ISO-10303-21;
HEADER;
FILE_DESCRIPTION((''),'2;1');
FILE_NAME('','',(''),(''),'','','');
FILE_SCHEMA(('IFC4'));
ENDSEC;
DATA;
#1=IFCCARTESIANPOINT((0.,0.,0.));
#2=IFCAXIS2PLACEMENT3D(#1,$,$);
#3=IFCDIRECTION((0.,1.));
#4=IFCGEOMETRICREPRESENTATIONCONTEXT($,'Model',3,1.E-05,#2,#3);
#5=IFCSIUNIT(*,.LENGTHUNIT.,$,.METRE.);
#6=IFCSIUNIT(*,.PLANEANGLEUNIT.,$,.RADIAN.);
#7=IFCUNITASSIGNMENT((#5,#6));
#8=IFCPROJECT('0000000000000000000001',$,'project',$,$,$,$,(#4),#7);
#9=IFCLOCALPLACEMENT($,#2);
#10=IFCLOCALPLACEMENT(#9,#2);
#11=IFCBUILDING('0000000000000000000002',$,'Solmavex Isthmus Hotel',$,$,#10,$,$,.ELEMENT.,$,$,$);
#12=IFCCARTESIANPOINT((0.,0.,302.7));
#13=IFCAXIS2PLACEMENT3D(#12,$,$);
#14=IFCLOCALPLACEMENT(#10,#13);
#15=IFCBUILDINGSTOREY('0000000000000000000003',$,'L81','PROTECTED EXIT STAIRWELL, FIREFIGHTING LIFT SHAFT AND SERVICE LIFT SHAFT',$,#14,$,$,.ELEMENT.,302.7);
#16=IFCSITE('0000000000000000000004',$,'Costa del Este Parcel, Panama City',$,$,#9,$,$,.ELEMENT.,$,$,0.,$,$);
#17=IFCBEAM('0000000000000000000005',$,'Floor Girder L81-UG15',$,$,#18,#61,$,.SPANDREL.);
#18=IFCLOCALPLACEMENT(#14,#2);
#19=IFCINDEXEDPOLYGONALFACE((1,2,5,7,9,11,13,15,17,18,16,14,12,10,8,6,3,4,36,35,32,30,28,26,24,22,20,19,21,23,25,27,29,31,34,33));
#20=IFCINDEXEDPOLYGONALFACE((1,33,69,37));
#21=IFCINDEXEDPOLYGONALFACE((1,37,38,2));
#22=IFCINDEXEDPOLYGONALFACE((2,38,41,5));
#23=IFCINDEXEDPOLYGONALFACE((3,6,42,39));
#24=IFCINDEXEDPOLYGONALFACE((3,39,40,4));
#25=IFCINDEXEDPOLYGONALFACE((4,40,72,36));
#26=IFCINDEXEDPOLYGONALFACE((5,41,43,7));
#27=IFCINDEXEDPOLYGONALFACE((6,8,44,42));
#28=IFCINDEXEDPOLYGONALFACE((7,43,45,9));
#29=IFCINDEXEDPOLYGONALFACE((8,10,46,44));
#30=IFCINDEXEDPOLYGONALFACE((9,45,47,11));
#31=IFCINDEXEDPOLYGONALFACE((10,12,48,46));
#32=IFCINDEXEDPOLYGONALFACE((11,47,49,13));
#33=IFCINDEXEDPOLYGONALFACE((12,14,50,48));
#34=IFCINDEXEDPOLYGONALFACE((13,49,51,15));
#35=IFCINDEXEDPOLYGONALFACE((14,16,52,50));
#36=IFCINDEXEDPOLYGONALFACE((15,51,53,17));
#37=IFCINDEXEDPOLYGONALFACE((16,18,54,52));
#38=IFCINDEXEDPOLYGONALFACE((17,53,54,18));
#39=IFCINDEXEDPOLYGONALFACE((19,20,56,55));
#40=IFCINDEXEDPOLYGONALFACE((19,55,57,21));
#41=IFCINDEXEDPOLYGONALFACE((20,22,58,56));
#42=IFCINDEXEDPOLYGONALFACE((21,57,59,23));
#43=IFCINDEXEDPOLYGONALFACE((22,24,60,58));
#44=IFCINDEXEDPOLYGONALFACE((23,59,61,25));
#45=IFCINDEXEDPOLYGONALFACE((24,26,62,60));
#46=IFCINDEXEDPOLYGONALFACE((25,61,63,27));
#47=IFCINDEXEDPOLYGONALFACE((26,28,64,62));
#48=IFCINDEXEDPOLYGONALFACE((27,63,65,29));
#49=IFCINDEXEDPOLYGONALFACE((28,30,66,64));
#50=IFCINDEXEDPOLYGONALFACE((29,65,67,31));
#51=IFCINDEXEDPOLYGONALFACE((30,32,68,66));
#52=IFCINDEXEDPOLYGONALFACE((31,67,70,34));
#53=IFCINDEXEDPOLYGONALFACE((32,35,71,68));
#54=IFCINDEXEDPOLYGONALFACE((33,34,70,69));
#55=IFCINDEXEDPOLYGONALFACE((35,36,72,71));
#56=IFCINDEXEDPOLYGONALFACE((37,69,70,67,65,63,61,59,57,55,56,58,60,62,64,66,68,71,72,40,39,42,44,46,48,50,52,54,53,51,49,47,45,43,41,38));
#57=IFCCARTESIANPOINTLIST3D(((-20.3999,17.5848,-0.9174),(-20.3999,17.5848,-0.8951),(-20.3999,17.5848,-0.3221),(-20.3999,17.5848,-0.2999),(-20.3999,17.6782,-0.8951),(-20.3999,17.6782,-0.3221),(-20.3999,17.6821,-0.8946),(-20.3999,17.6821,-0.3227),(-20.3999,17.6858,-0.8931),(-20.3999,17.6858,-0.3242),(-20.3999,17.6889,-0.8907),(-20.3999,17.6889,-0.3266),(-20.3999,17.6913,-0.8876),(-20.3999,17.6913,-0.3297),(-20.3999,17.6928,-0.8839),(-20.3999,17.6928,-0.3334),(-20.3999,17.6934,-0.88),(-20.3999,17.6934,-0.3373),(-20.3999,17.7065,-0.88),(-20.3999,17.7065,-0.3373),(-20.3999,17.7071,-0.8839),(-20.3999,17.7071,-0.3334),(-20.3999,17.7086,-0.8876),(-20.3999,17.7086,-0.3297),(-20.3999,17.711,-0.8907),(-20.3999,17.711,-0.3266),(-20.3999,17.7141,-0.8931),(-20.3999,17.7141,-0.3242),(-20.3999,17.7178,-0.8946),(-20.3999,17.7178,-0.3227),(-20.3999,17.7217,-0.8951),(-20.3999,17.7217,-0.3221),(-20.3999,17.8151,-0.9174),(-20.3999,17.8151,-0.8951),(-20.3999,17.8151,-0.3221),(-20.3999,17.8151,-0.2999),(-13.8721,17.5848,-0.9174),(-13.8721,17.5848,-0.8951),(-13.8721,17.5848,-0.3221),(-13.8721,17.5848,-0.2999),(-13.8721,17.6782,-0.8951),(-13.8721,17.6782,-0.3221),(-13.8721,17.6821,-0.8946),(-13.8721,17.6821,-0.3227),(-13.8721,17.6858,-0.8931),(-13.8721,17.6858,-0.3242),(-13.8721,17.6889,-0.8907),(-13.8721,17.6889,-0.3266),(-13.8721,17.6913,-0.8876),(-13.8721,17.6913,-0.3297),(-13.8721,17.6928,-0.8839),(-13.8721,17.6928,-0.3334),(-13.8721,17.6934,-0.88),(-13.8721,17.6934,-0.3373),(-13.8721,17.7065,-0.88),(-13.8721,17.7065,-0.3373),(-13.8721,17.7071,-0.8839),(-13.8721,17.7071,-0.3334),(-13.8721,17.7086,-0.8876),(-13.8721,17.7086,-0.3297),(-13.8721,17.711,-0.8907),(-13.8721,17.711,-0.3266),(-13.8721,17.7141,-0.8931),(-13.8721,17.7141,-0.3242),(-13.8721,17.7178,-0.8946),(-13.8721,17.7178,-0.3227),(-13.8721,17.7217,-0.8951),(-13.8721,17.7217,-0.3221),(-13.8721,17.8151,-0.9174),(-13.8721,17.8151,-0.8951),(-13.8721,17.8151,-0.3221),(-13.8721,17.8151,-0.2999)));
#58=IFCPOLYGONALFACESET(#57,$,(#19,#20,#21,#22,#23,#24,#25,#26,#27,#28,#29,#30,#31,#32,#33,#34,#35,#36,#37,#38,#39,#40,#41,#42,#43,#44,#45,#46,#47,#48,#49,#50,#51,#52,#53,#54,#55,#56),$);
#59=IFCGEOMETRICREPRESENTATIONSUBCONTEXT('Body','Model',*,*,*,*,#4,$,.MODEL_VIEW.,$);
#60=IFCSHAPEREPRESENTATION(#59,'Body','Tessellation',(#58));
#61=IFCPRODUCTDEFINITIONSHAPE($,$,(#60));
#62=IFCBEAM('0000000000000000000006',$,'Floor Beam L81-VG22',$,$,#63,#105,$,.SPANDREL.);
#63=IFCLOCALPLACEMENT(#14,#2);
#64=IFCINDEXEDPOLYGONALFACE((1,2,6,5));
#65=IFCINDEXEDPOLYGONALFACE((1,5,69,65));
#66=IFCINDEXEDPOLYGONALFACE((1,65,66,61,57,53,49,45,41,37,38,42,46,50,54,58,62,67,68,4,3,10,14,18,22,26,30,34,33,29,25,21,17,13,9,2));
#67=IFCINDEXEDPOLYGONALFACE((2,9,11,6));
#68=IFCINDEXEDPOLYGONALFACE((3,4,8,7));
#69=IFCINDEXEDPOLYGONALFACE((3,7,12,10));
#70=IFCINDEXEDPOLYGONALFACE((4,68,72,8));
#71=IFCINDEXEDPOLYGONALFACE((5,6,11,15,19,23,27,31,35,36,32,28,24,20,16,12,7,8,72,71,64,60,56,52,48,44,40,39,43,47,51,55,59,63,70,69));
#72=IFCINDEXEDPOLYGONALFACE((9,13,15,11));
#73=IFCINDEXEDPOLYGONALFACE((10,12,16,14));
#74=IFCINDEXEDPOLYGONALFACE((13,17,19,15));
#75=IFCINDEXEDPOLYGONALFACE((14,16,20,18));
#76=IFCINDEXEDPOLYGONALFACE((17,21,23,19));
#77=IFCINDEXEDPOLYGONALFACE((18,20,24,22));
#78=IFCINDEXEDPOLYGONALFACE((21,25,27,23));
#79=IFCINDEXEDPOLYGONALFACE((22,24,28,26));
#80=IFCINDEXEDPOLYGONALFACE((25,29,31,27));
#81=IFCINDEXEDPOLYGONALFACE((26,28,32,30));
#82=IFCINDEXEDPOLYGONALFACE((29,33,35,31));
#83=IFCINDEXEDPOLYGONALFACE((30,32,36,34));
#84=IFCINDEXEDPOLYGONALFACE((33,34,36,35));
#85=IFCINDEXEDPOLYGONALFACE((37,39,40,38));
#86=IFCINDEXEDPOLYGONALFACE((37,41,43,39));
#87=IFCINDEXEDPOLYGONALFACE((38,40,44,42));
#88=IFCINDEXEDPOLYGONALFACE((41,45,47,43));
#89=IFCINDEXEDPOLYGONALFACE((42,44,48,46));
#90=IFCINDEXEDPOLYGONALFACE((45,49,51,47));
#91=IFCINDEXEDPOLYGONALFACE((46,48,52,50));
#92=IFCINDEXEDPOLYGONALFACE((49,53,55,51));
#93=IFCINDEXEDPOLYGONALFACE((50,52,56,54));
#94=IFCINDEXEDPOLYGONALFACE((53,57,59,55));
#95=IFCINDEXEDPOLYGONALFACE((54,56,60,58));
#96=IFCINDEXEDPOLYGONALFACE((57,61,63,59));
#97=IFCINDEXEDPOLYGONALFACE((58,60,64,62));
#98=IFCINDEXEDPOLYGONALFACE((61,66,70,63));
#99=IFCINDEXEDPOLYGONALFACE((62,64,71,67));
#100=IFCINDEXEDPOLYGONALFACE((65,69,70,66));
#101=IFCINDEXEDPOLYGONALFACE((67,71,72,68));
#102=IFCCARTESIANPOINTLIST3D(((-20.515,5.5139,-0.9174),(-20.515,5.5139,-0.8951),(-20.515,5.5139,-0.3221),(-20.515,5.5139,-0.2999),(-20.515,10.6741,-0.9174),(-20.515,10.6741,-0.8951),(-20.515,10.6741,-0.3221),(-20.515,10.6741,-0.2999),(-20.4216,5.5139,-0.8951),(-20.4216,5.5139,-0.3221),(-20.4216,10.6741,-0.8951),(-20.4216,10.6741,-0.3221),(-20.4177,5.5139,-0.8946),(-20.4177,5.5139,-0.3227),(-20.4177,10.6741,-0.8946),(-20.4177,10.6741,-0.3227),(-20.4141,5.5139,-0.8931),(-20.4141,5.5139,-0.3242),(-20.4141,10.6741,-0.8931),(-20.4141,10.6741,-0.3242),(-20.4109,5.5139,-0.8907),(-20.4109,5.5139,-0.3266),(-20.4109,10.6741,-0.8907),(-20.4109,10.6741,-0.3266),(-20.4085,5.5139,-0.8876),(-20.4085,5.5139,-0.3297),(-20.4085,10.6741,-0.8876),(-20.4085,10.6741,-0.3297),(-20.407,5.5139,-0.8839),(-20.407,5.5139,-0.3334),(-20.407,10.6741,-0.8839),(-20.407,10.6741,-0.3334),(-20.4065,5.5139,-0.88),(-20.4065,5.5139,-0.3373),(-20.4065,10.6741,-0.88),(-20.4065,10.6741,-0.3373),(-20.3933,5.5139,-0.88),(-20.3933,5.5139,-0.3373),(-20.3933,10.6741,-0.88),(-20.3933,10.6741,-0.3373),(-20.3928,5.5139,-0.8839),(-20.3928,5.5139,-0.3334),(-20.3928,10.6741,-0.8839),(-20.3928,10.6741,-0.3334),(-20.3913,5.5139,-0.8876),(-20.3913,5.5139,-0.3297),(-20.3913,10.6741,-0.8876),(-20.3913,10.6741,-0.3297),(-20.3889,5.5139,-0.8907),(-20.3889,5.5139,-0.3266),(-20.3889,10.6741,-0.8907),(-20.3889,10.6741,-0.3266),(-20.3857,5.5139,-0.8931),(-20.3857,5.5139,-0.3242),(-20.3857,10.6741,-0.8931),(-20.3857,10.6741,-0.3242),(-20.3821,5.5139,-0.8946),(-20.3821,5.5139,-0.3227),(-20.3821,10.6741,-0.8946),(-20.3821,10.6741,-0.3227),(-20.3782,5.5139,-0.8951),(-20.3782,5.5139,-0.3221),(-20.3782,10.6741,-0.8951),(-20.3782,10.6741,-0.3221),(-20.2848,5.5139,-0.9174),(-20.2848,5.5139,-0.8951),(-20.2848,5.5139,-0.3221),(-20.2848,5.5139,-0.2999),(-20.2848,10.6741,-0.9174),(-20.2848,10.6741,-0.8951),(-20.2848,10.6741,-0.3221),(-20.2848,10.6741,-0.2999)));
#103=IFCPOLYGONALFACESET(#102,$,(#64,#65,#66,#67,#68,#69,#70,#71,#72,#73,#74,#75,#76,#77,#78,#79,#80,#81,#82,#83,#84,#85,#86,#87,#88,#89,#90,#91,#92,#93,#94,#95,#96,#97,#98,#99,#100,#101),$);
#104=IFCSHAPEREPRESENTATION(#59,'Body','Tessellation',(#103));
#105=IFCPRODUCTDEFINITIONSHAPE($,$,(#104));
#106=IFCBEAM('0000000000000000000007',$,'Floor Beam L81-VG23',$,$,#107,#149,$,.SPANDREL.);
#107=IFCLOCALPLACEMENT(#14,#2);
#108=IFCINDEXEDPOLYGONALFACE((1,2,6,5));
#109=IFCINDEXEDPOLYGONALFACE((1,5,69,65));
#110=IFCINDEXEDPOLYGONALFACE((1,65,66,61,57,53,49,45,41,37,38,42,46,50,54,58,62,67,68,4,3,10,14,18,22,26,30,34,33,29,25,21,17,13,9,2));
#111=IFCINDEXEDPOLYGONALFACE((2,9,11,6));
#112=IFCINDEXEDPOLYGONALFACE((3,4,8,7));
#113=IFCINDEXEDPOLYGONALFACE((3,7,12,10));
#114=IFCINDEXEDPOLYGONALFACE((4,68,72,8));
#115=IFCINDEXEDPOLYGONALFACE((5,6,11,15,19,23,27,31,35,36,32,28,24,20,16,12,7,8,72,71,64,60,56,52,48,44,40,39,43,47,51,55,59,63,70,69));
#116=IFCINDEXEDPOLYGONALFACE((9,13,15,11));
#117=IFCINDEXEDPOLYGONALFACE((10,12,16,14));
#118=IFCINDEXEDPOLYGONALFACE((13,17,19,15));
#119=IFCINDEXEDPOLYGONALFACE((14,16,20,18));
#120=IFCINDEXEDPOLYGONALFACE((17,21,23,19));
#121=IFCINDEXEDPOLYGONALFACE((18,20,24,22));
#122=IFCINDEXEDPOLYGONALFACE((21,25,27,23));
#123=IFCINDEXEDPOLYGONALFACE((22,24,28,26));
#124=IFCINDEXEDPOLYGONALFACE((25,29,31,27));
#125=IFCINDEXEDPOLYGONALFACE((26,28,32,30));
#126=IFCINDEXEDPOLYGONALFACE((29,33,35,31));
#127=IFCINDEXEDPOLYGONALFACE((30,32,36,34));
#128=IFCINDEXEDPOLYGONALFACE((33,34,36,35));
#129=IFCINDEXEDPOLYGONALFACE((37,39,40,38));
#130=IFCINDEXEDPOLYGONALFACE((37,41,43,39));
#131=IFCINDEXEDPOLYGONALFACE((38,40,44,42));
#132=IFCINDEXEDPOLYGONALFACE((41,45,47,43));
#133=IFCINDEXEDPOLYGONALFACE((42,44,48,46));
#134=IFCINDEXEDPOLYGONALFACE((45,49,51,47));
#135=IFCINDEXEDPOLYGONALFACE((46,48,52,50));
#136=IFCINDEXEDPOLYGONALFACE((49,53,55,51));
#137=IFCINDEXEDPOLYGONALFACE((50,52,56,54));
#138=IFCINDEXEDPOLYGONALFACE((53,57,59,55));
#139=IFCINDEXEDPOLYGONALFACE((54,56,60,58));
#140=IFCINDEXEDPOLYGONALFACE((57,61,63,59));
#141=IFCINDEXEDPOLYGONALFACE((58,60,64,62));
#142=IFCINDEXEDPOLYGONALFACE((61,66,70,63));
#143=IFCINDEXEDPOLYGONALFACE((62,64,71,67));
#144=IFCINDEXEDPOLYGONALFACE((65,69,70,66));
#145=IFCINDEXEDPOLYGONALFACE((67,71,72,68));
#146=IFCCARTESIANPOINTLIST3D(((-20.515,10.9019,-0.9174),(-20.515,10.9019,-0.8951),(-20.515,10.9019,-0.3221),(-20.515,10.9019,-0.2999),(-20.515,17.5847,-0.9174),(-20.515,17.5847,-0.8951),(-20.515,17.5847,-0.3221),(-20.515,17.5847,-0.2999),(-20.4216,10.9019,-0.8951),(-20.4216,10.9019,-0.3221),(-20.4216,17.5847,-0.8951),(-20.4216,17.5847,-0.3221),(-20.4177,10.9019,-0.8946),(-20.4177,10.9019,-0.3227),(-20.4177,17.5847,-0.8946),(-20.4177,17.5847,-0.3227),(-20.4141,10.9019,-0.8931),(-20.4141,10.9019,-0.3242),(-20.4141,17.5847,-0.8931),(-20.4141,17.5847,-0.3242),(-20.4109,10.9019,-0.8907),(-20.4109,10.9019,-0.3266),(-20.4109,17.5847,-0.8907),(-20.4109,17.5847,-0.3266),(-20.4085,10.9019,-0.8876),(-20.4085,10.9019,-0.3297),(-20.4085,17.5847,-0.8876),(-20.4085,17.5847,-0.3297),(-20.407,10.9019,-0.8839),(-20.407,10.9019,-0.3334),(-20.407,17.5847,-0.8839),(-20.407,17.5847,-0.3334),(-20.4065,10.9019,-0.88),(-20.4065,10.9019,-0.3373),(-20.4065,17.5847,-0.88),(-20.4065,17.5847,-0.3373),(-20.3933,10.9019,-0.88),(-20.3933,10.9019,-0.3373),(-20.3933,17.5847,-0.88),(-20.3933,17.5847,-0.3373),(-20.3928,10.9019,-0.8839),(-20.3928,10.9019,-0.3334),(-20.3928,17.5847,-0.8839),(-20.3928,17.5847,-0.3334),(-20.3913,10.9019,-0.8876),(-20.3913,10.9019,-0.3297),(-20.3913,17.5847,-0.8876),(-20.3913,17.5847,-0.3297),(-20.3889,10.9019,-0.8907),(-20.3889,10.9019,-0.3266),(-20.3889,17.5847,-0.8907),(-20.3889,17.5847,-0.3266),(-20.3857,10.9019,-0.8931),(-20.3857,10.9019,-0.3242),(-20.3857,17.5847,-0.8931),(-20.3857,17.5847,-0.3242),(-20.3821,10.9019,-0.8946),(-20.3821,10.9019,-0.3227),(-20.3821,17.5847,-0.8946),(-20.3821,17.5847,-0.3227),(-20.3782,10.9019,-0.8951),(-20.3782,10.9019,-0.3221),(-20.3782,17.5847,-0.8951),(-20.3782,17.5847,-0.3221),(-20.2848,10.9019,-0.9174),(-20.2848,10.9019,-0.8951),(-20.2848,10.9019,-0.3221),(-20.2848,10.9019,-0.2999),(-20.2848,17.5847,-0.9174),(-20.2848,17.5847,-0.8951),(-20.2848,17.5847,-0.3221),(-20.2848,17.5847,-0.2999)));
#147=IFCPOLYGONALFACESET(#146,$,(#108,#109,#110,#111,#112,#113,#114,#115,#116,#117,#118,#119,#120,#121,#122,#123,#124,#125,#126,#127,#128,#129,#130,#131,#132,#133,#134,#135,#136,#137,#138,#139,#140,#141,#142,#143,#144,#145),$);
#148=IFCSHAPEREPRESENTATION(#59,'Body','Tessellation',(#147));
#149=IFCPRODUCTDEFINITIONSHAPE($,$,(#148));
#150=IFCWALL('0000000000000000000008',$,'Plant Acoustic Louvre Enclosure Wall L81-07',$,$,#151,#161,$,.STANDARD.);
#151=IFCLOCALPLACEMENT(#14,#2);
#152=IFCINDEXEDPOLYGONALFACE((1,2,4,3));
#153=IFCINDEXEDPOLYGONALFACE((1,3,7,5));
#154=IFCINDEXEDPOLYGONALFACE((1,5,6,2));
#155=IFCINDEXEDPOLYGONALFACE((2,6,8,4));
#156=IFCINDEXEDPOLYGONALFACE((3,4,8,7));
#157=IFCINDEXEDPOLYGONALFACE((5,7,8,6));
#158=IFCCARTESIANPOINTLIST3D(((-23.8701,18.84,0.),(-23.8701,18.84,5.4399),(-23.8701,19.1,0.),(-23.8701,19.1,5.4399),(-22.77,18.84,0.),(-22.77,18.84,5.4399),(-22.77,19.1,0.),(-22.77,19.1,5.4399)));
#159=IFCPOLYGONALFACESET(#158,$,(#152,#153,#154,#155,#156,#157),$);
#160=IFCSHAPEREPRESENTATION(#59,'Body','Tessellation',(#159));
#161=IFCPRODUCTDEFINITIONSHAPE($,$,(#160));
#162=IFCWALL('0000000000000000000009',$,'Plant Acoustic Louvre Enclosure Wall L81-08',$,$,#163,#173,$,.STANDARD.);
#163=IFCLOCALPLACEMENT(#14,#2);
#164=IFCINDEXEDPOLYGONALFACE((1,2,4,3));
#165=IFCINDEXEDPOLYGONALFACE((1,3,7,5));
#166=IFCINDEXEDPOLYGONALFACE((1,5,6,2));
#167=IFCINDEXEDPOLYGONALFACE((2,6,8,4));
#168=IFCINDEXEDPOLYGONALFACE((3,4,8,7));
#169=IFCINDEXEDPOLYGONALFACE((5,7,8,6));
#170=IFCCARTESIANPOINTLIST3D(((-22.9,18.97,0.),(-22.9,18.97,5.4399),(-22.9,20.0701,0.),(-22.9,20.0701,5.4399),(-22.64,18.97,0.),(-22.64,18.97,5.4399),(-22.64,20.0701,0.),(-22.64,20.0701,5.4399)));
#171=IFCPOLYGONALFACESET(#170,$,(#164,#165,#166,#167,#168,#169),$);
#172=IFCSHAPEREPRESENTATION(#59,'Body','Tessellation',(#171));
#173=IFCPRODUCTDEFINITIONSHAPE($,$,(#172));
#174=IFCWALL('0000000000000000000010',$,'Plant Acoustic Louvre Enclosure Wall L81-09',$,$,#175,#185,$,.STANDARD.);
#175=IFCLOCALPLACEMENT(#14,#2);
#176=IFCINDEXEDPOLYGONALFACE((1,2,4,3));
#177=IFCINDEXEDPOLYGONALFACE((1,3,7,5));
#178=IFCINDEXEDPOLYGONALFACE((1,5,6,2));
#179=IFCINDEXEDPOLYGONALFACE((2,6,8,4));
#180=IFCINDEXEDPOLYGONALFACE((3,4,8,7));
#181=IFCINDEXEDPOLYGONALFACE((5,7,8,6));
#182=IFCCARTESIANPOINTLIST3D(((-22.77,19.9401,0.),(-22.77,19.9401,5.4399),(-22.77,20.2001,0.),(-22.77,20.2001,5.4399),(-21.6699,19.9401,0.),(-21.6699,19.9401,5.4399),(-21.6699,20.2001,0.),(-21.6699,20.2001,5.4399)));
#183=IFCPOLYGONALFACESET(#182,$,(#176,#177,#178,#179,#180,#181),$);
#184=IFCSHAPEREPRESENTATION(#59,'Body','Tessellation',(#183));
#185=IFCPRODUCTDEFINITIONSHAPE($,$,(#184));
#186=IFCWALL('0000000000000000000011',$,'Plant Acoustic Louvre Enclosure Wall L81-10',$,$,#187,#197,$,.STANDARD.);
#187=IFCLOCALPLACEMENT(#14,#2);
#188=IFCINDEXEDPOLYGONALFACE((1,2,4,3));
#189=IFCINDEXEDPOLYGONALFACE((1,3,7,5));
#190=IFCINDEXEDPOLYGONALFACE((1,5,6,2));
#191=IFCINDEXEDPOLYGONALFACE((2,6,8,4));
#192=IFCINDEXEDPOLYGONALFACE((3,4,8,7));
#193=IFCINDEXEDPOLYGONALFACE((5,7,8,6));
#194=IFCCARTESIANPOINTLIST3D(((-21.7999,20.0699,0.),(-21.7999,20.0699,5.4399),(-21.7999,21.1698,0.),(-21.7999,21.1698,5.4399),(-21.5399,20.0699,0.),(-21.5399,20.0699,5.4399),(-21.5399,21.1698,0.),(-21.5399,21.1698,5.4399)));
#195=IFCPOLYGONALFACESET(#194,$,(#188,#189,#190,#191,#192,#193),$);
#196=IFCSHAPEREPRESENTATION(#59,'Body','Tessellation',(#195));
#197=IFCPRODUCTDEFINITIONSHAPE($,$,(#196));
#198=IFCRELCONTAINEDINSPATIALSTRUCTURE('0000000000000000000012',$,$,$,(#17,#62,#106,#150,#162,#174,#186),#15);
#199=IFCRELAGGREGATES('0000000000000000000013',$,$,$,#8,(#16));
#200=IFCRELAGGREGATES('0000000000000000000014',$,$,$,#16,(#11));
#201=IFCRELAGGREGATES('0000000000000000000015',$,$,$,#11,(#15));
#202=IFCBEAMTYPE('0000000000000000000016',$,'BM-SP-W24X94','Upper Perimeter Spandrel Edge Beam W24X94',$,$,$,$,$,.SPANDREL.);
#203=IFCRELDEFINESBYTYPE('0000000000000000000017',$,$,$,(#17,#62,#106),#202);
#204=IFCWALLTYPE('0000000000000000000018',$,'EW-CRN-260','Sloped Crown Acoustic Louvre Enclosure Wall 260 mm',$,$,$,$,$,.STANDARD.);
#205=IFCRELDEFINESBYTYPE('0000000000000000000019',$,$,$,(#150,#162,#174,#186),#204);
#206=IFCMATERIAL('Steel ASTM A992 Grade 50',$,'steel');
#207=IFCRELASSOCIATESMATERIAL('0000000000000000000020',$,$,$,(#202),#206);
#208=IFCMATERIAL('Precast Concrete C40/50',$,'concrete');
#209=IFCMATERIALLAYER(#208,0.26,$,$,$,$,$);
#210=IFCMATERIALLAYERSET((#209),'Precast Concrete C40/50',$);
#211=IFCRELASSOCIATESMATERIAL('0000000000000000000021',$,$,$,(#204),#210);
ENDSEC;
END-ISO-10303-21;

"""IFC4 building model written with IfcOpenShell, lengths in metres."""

from ifc_helpers import new_model, si_unit, direction, frame, frame_2d, origin, origin_2d, place, context, subcontext, project, spatial, rectangle, i_section, extrude, material, layer, layer_set, material_profile, profile_set, type_object, element, save


model = new_model("IFC4")

# Units and contexts
model_context = context("Model", 3, precision=1e-05, world=origin(), true_north=direction((0.0, 1.0)))
body_context = subcontext(model_context, "Body", "Model", "MODEL_VIEW")
ifc_project = project(units=[si_unit("LENGTHUNIT", "METRE"), si_unit("PLANEANGLEUNIT", "RADIAN")], contexts=[model_context])

# Site, building, storey
site_placement = place(None, origin())
site = spatial("IfcSite", under=ifc_project, at=site_placement, Name="Costa del Este Parcel, Panama City", CompositionType="ELEMENT", RefElevation=0.0)
building_placement = place(site_placement, origin())
building = spatial("IfcBuilding", under=site, at=building_placement, Name="Solmavex Isthmus Hotel", CompositionType="ELEMENT")
storey_placement = place(building_placement, frame((0.0, 0.0, 302.7)))
storey = spatial("IfcBuildingStorey", under=building, at=storey_placement, Name="L81", Description="PROTECTED EXIT STAIRWELL, FIREFIGHTING LIFT SHAFT AND SERVICE LIFT SHAFT", CompositionType="ELEMENT", Elevation=302.7)

# Beams
ifc_material_1 = material(Name="Steel ASTM A992 Grade 50", Category="steel")
ifc_material_profile_1 = material_profile(ifc_material_1, i_section(OverallWidth=0.2302, OverallDepth=0.6174, WebThickness=0.0132, FlangeThickness=0.0222, FilletRadius=0.0151, at=origin_2d()), Name="W24X94")
ifc_profile_set_1 = profile_set([ifc_material_profile_1], Name="Steel ASTM A992 Grade 50")
beam_type_1 = type_object("IfcBeamType", Name="BM-SP-W24X94", Description="Upper Perimeter Spandrel Edge Beam W24X94", PredefinedType="SPANDREL", material=ifc_profile_set_1)
beam_1_placement = place(storey_placement, frame((-20.3999, 17.7, -0.6086), z_axis=(1.0, 0.0, 0.0), x_axis=(0.0, 1.0, 0.0)))
element("IfcBeam", 1, at=beam_1_placement, inside=storey, type_object=beam_type_1, Name="Floor Girder L81-UG15", PredefinedType="SPANDREL", context=body_context, shape_type="SweptSolid", body=[
    extrude(i_section(OverallWidth=0.2302, OverallDepth=0.6174, WebThickness=0.0132, FlangeThickness=0.0222, FilletRadius=0.0151, at=origin_2d()), origin(), (0.0, 0.0, 1.0), 6.5278),
])
beam_2_placement = place(storey_placement, frame((-20.3999, 5.5139, -0.6086), z_axis=(0.0, 1.0, 0.0), x_axis=(-1.0, 0.0, 0.0)))
element("IfcBeam", 2, at=beam_2_placement, inside=storey, type_object=beam_type_1, Name="Floor Beam L81-VG22", PredefinedType="SPANDREL", context=body_context, shape_type="SweptSolid", body=[
    extrude(i_section(OverallWidth=0.2302, OverallDepth=0.6174, WebThickness=0.0132, FlangeThickness=0.0222, FilletRadius=0.0151, at=origin_2d()), origin(), (0.0, 0.0, 1.0), 5.1602),
])
beam_3_placement = place(storey_placement, frame((-20.3999, 10.9019, -0.6086), z_axis=(0.0, 1.0, 0.0), x_axis=(-1.0, 0.0, 0.0)))
element("IfcBeam", 3, at=beam_3_placement, inside=storey, type_object=beam_type_1, Name="Floor Beam L81-VG23", PredefinedType="SPANDREL", context=body_context, shape_type="SweptSolid", body=[
    extrude(i_section(OverallWidth=0.2302, OverallDepth=0.6174, WebThickness=0.0132, FlangeThickness=0.0222, FilletRadius=0.0151, at=origin_2d()), origin(), (0.0, 0.0, 1.0), 6.6829),
])

# Walls
ifc_material_2 = material(Name="Precast Concrete C40/50", Category="concrete")
ifc_layer_1 = layer(ifc_material_2, 0.26)
ifc_layer_set_1 = layer_set([ifc_layer_1], Name="Precast Concrete C40/50")
wall_type_1 = type_object("IfcWallType", Name="EW-CRN-260", Description="Sloped Crown Acoustic Louvre Enclosure Wall 260 mm", PredefinedType="STANDARD", material=ifc_layer_set_1)
for number, where, z_axis, x_axis, name in (
    (4, (-23.8701, 18.97, 0.0), (0.0, 0.0, 1.0), (1.0, 0.0, 0.0), "Plant Acoustic Louvre Enclosure Wall L81-07"),
    (5, (-22.77, 18.97, 0.0), (0.0, 0.0, 1.0), (0.0, 1.0, 0.0), "Plant Acoustic Louvre Enclosure Wall L81-08"),
    (6, (-22.77, 20.0701, 0.0), (0.0, 0.0, 1.0), (1.0, 0.0, 0.0), "Plant Acoustic Louvre Enclosure Wall L81-09"),
):
    element("IfcWall", number, at=place(storey_placement, frame(where, z_axis=z_axis, x_axis=x_axis)), inside=storey, type_object=wall_type_1, Name=name, PredefinedType="STANDARD", context=body_context, shape_type="SweptSolid", body=[
        extrude(rectangle(XDim=1.1001, YDim=0.26, at=frame_2d((0.55, 0.0))), origin(), (0.0, 0.0, 1.0), 5.4399),
    ])
wall_1_placement = place(storey_placement, frame((-21.6699, 20.0701, 0.0), z_axis=(0.0, 0.0, 1.0), x_axis=(0.0, 1.0, 0.0)))
element("IfcWall", 7, at=wall_1_placement, inside=storey, type_object=wall_type_1, Name="Plant Acoustic Louvre Enclosure Wall L81-10", PredefinedType="STANDARD", context=body_context, shape_type="SweptSolid", body=[
    extrude(rectangle(XDim=1.0999, YDim=0.26, at=frame_2d((0.5498, 0.0))), origin(), (0.0, 0.0, 1.0), 5.4399),
])

save(model, "model.ifc")
